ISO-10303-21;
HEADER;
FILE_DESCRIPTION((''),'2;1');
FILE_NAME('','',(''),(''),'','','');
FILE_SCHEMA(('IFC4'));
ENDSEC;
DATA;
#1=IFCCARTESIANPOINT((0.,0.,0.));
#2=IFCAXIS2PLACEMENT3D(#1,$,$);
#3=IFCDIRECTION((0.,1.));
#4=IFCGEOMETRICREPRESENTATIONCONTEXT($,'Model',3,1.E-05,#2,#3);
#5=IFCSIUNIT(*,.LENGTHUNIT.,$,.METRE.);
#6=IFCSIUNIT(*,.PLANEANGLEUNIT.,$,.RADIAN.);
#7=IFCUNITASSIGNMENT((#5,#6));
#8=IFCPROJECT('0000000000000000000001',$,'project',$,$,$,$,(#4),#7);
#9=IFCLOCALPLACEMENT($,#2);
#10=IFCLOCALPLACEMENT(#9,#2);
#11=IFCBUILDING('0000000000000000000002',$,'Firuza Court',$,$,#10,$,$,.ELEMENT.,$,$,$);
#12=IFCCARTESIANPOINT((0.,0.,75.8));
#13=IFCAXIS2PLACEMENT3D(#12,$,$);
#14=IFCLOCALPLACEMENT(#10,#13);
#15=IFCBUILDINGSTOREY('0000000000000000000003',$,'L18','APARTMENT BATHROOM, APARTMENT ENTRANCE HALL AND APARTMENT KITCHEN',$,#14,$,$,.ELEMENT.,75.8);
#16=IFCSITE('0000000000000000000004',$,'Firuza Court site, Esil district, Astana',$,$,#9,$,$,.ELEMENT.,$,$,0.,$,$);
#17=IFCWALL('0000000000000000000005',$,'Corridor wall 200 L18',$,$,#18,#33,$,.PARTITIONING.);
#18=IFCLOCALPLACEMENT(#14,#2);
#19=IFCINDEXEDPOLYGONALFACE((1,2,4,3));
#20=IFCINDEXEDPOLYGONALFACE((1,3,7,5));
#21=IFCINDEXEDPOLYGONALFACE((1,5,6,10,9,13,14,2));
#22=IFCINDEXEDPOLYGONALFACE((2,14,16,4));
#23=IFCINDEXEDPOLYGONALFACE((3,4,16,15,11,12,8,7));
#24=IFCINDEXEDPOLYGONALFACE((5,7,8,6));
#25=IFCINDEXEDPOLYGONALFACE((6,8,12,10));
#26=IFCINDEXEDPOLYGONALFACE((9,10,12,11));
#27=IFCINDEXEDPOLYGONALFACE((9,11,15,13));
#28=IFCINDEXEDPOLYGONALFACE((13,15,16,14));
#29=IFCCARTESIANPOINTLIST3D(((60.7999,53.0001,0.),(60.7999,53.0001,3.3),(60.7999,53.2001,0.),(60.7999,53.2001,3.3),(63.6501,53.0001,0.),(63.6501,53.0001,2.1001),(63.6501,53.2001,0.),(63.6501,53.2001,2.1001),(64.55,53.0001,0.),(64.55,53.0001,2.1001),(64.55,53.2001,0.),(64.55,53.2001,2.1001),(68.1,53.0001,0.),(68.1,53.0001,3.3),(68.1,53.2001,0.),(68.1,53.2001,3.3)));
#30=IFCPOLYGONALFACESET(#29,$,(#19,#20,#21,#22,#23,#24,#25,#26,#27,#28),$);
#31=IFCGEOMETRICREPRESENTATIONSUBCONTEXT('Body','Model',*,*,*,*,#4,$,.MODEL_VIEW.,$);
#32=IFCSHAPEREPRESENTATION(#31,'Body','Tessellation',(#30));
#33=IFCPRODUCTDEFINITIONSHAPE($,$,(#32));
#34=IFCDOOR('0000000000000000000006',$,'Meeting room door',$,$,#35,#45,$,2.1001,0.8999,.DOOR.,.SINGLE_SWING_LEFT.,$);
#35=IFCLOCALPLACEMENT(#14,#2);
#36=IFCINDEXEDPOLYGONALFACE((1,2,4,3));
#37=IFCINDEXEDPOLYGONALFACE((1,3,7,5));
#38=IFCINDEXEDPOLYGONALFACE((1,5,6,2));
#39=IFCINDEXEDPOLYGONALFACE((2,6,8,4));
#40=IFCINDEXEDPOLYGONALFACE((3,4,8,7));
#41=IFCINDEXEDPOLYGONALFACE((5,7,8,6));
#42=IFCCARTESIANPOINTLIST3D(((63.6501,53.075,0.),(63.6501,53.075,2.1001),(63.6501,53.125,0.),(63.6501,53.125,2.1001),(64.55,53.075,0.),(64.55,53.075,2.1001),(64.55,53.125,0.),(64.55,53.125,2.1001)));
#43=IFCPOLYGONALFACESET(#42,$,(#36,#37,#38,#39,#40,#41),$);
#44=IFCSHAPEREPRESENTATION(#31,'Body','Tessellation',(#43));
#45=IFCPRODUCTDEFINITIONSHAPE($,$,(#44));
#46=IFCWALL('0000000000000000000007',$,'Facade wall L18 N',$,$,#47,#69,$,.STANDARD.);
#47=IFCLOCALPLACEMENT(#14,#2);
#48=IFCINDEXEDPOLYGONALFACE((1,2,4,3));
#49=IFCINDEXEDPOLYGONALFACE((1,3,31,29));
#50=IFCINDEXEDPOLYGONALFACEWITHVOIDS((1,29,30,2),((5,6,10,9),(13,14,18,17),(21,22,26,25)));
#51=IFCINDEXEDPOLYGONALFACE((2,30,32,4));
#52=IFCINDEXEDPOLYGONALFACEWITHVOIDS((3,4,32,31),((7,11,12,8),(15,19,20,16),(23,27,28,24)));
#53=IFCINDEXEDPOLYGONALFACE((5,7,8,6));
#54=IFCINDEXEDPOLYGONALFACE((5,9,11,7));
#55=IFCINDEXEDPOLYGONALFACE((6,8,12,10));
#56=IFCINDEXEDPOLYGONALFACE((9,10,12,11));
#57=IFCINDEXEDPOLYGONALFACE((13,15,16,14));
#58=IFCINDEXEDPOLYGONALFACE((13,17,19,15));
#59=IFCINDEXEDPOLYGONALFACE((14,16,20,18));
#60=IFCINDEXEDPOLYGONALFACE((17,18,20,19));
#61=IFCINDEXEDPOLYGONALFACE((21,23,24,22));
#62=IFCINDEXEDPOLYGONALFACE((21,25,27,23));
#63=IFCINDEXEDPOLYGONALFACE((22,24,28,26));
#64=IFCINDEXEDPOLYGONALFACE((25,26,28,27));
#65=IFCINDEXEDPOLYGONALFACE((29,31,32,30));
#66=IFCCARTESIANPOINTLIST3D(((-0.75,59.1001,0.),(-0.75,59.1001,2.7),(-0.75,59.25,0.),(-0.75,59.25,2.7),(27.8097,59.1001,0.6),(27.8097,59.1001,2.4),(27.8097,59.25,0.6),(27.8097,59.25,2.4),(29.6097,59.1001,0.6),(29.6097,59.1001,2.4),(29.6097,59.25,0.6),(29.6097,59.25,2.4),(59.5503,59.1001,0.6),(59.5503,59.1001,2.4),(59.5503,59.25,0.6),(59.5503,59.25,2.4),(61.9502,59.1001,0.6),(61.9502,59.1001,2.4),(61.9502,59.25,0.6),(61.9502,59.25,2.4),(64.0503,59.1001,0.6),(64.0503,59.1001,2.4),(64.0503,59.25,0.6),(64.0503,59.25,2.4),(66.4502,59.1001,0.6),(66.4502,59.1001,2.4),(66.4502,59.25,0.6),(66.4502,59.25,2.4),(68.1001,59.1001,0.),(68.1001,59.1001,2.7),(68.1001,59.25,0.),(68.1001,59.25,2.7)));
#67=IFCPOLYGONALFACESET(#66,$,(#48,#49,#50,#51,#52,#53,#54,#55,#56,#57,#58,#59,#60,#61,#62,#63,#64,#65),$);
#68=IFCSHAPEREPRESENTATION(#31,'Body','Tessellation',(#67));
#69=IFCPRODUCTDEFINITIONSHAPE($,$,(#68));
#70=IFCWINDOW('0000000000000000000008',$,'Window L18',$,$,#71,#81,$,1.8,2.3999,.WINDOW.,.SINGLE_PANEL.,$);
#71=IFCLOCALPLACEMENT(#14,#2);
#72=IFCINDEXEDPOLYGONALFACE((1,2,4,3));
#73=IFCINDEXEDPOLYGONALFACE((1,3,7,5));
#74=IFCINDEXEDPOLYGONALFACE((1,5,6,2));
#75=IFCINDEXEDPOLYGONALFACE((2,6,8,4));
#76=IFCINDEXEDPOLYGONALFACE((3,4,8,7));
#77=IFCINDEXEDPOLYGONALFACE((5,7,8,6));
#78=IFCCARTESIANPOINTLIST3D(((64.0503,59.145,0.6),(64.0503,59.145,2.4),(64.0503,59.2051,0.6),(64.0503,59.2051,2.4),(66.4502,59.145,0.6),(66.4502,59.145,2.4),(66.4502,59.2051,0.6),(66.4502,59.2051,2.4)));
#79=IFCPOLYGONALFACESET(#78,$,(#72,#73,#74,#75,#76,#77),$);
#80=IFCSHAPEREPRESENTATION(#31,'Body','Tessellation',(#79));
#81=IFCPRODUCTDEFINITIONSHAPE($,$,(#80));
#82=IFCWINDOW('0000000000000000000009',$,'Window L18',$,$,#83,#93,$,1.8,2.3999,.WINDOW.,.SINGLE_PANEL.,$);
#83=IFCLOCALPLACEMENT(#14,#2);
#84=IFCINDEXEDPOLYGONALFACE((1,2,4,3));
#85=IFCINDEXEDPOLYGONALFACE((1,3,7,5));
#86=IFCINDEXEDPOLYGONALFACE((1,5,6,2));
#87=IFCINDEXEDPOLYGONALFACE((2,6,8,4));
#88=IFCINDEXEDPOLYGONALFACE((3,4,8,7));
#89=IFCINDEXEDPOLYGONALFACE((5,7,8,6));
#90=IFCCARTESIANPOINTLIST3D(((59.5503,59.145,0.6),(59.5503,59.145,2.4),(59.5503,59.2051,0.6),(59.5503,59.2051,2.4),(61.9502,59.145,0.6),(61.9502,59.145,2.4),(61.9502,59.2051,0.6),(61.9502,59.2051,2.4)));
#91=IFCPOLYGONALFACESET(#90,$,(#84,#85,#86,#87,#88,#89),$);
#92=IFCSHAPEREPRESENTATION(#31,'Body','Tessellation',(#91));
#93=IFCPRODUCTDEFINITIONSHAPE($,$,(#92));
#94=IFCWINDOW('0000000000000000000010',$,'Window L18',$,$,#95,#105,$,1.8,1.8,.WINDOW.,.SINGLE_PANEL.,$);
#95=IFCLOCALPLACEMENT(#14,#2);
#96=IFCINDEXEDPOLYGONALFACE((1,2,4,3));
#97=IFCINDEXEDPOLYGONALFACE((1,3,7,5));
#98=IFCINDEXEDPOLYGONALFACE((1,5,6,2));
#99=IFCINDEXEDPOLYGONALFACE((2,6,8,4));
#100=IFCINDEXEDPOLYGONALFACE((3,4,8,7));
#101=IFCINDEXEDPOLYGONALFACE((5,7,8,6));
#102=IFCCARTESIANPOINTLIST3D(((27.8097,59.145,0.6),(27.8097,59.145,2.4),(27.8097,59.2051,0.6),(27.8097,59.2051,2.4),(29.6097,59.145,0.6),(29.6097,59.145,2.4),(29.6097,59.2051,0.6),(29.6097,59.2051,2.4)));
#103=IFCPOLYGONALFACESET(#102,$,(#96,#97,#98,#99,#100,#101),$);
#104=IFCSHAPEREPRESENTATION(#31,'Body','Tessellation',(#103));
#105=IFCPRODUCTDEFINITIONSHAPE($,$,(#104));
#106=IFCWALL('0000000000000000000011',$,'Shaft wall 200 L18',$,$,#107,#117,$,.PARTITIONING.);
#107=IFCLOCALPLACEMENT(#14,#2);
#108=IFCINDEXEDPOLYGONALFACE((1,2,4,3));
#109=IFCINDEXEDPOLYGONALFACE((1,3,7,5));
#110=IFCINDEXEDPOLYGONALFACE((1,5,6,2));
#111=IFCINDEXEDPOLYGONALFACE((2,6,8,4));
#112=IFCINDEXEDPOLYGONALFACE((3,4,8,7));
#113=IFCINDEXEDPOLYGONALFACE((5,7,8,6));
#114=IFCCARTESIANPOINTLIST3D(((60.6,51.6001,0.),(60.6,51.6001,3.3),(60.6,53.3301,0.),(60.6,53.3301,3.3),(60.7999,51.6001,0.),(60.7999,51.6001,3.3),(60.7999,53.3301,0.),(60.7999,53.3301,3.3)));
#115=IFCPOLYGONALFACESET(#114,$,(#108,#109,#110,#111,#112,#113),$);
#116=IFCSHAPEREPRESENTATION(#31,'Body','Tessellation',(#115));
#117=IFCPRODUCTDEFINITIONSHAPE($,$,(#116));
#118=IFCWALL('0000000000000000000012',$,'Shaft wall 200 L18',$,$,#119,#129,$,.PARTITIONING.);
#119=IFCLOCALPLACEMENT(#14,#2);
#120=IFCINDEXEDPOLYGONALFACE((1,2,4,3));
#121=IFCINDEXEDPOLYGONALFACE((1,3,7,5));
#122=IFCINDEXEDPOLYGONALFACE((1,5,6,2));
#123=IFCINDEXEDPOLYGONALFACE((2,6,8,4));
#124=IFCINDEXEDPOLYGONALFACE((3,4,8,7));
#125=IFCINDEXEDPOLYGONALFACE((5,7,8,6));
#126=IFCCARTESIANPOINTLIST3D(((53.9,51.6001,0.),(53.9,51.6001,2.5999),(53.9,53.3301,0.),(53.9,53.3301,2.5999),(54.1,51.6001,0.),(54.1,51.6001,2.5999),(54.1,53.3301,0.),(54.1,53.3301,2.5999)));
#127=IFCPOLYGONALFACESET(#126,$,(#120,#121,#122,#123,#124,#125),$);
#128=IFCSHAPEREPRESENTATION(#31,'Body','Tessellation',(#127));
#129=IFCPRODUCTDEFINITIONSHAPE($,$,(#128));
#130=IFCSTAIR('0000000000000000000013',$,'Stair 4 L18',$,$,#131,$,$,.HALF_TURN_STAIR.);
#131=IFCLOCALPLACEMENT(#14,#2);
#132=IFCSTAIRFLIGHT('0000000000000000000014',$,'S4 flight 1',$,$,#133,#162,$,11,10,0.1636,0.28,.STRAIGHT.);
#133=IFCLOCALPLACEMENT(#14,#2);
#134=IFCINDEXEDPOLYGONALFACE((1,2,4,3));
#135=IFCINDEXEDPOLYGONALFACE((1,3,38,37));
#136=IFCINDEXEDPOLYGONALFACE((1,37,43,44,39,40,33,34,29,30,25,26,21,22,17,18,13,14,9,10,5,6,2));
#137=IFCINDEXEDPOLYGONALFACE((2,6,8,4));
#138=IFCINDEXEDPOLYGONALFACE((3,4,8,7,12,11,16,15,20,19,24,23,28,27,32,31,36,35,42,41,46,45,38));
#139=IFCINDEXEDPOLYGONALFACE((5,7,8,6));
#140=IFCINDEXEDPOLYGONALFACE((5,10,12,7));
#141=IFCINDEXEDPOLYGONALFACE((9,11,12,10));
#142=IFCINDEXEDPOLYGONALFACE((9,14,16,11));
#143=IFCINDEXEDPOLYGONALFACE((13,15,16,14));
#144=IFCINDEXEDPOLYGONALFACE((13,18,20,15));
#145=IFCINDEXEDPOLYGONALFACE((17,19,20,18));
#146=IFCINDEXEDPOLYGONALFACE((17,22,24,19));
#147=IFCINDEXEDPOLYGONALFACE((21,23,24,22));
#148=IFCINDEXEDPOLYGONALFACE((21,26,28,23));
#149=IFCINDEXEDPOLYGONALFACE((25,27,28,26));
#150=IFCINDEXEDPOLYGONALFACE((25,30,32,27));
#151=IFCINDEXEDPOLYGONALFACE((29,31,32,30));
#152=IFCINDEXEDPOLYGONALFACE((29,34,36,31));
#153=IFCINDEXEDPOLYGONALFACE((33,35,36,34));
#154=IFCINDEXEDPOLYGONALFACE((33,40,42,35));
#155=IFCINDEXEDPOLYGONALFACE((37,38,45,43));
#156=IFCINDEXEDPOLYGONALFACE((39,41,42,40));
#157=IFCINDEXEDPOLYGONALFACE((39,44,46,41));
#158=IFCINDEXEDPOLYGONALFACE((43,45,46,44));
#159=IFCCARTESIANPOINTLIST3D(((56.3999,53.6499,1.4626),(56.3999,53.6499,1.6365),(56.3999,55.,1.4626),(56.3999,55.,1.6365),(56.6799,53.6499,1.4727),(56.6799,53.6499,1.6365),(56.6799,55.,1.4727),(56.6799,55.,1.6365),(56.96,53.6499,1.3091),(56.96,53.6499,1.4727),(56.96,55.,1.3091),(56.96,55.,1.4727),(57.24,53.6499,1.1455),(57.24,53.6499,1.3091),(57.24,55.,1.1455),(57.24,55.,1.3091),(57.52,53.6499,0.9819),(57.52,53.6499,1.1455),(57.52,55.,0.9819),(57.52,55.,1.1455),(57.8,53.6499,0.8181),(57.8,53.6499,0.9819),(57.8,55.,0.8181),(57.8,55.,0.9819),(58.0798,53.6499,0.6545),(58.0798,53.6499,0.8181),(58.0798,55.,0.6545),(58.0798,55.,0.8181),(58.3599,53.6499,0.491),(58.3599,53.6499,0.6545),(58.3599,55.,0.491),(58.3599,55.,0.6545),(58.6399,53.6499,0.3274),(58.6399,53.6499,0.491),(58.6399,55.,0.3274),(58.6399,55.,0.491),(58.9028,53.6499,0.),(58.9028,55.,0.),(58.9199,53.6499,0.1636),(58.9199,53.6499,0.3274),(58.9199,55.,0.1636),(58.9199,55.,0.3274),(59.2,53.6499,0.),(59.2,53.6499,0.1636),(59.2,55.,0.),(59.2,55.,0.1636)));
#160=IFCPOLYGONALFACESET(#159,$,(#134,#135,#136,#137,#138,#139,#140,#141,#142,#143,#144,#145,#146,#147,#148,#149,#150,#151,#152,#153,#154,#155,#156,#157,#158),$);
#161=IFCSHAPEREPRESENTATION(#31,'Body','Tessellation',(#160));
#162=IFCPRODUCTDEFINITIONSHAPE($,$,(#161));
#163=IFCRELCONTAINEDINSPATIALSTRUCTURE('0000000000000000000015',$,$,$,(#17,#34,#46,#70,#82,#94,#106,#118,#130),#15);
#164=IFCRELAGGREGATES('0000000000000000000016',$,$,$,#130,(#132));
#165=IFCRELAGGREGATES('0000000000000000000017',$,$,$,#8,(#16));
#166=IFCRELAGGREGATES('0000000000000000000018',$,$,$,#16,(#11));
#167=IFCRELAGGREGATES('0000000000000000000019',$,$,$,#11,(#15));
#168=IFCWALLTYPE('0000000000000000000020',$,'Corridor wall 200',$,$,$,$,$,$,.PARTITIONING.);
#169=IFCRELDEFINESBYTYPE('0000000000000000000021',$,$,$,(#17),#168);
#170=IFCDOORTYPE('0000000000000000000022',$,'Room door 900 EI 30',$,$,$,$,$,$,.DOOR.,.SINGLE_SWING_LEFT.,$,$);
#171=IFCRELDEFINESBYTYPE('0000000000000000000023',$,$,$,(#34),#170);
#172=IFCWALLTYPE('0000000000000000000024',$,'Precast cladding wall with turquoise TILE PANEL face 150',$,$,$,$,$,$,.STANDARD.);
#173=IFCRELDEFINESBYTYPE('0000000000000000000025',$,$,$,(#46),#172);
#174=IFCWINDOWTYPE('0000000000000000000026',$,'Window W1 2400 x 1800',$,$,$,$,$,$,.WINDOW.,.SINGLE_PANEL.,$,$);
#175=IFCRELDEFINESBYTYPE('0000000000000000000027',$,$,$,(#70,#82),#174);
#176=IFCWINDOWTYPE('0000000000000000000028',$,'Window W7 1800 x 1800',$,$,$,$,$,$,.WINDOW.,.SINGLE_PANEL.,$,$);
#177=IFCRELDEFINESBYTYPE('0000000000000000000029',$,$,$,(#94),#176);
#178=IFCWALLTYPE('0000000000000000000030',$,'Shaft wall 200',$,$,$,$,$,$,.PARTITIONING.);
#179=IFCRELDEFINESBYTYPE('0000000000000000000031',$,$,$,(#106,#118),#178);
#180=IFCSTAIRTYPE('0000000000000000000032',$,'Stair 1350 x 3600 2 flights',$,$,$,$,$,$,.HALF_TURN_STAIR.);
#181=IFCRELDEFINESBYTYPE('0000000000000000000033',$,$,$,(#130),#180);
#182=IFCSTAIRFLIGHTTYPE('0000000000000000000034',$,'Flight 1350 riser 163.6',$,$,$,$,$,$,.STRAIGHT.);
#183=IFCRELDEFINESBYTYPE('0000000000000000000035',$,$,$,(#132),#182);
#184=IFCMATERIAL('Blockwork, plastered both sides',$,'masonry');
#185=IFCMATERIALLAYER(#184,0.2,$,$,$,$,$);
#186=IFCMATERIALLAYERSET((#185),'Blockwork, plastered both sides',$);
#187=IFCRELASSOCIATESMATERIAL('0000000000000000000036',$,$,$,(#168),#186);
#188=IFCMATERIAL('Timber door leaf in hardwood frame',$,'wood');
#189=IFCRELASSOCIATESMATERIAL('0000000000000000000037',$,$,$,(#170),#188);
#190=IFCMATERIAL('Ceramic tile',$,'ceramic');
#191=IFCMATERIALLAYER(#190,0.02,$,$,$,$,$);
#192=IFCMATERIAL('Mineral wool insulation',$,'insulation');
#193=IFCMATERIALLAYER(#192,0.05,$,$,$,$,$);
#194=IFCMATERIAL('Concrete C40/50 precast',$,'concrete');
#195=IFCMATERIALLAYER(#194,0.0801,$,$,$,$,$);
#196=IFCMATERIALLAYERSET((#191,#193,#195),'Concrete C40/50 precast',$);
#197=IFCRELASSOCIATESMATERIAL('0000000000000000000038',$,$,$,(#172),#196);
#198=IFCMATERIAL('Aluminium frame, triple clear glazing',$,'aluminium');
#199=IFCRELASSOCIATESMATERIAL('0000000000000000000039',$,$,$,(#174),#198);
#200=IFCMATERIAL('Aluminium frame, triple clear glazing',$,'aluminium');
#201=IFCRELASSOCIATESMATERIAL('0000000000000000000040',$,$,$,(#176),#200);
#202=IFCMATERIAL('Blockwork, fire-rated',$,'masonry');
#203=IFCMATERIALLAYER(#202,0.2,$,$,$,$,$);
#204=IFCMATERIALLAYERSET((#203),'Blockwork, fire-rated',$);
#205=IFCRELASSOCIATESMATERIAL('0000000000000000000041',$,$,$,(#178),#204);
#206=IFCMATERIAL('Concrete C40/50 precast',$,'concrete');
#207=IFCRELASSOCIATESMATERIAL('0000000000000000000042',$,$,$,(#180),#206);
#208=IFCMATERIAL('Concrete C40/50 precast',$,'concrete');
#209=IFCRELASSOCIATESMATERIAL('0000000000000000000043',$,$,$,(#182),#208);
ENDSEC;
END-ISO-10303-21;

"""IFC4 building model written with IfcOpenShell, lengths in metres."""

from ifc_helpers import new_model, si_unit, direction, frame, frame_2d, origin, place, context, subcontext, project, spatial, polyline, rectangle, outline, extrude, material, layer, layer_set, type_object, element, fill, aggregate, save


model = new_model("IFC4")

# Units and contexts
model_context = context("Model", 3, precision=1e-05, world=origin(), true_north=direction((0.0, 1.0)))
body_context = subcontext(model_context, "Body", "Model", "MODEL_VIEW")
ifc_project = project(units=[si_unit("LENGTHUNIT", "METRE"), si_unit("PLANEANGLEUNIT", "RADIAN")], contexts=[model_context])

# Site, building, storey
site_placement = place(None, origin())
site = spatial("IfcSite", under=ifc_project, at=site_placement, Name="Firuza Court site, Esil district, Astana", CompositionType="ELEMENT", RefElevation=0.0)
building_placement = place(site_placement, origin())
building = spatial("IfcBuilding", under=site, at=building_placement, Name="Firuza Court", CompositionType="ELEMENT")
storey_placement = place(building_placement, frame((0.0, 0.0, 75.8)))
storey = spatial("IfcBuildingStorey", under=building, at=storey_placement, Name="L18", Description="APARTMENT BATHROOM, APARTMENT ENTRANCE HALL AND APARTMENT KITCHEN", CompositionType="ELEMENT", Elevation=75.8)

# Wall, opening, door
ifc_material_1 = material(Name="Blockwork, plastered both sides", Category="masonry")
ifc_layer_1 = layer(ifc_material_1, 0.2)
ifc_layer_set_1 = layer_set([ifc_layer_1], Name="Blockwork, plastered both sides")
wall_type_1 = type_object("IfcWallType", Name="Corridor wall 200", PredefinedType="PARTITIONING", material=ifc_layer_set_1)
wall_1_placement = place(storey_placement, frame((60.8, 53.1001, 0.0), z_axis=(0.0, 0.0, 1.0), x_axis=(1.0, 0.0, 0.0)))
wall_1 = element("IfcWall", 1, at=wall_1_placement, inside=storey, type_object=wall_type_1, Name="Corridor wall 200 L18", PredefinedType="PARTITIONING", context=body_context, shape_type="SweptSolid", body=[
    extrude(rectangle(XDim=7.3, YDim=0.2, at=frame_2d((3.6499, 0.0))), origin(), (0.0, 0.0, 1.0), 3.3),
])
opening_1_placement = place(wall_1_placement, frame((2.8501, 0.0, 0.0)))
opening_1 = element("IfcOpeningElement", 2, at=opening_1_placement, cuts=wall_1, PredefinedType="OPENING", context=body_context, shape_type="SweptSolid", body=[
    extrude(rectangle(XDim=0.8999, YDim=2.1001, at=frame_2d((0.45, 1.05))), frame((0.0, 0.1118, 0.0), z_axis=(0.0, -1.0, 0.0), x_axis=(1.0, 0.0, 0.0)), (0.0, 0.0, 1.0), 0.2239),
])
ifc_material_2 = material(Name="Timber door leaf in hardwood frame", Category="wood")
door_type = type_object("IfcDoorType", Name="Room door 900 EI 30", OperationType="SINGLE_SWING_LEFT", PredefinedType="DOOR", material=ifc_material_2)
door_placement = place(opening_1_placement, origin())
door = element("IfcDoor", 3, at=door_placement, inside=storey, type_object=door_type, Name="Meeting room door", OperationType="SINGLE_SWING_LEFT", OverallHeight=2.1001, OverallWidth=0.8999, PredefinedType="DOOR", context=body_context, shape_type="SweptSolid", body=[
    extrude(rectangle(XDim=0.8999, YDim=2.1001, at=frame_2d((0.45, 1.05))), frame((0.0, 0.0249, 0.0), z_axis=(0.0, -1.0, 0.0), x_axis=(1.0, 0.0, 0.0)), (0.0, 0.0, 1.0), 0.05),
])
fill(opening_1, door)

# Wall, openings, windows
ifc_material_3 = material(Name="Ceramic tile", Category="ceramic")
ifc_layer_2 = layer(ifc_material_3, 0.02)
ifc_material_4 = material(Name="Mineral wool insulation", Category="insulation")
ifc_layer_3 = layer(ifc_material_4, 0.05)
ifc_material_5 = material(Name="Concrete C40/50 precast", Category="concrete")
ifc_layer_4 = layer(ifc_material_5, 0.0801)
ifc_layer_set_2 = layer_set([ifc_layer_2, ifc_layer_3, ifc_layer_4], Name="Concrete C40/50 precast")
wall_type_2 = type_object("IfcWallType", Name="Precast cladding wall with turquoise TILE PANEL face 150", PredefinedType="STANDARD", material=ifc_layer_set_2)
wall_2_placement = place(storey_placement, frame((68.1001, 59.175, 0.0), z_axis=(0.0, 0.0, 1.0), x_axis=(-1.0, 0.0, 0.0)))
wall_2 = element("IfcWall", 4, at=wall_2_placement, inside=storey, type_object=wall_type_2, Name="Facade wall L18 N", PredefinedType="STANDARD", context=body_context, shape_type="SweptSolid", body=[
    extrude(rectangle(XDim=68.8501, YDim=0.1499, at=frame_2d((34.425, 0.0))), origin(), (0.0, 0.0, 1.0), 2.7),
])
opening_2_placement = place(wall_2_placement, frame((1.6499, 0.0, 0.6001)))
opening_2 = element("IfcOpeningElement", 5, at=opening_2_placement, cuts=wall_2, PredefinedType="OPENING", context=body_context, shape_type="SweptSolid", body=[
    extrude(rectangle(XDim=2.3999, YDim=1.8, at=frame_2d((1.2, 0.8999))), frame((0.0, 0.0869, 0.0), z_axis=(0.0, -1.0, 0.0), x_axis=(1.0, 0.0, 0.0)), (0.0, 0.0, 1.0), 0.1738),
])
opening_3_placement = place(wall_2_placement, frame((6.1499, 0.0, 0.6001)))
opening_3 = element("IfcOpeningElement", 6, at=opening_3_placement, cuts=wall_2, PredefinedType="OPENING", context=body_context, shape_type="SweptSolid", body=[
    extrude(rectangle(XDim=2.3999, YDim=1.8, at=frame_2d((1.2, 0.8999))), frame((0.0, 0.0869, 0.0), z_axis=(0.0, -1.0, 0.0), x_axis=(1.0, 0.0, 0.0)), (0.0, 0.0, 1.0), 0.1738),
])
opening_4_placement = place(wall_2_placement, frame((38.4905, 0.0, 0.6001)))
opening_4 = element("IfcOpeningElement", 7, at=opening_4_placement, cuts=wall_2, PredefinedType="OPENING", context=body_context, shape_type="SweptSolid", body=[
    extrude(rectangle(XDim=1.8, YDim=1.8, at=frame_2d((0.8999, 0.8999))), frame((0.0, 0.0869, 0.0), z_axis=(0.0, -1.0, 0.0), x_axis=(1.0, 0.0, 0.0)), (0.0, 0.0, 1.0), 0.1738),
])
ifc_material_6 = material(Name="Aluminium frame, triple clear glazing", Category="aluminium")
window_type_1 = type_object("IfcWindowType", Name="Window W1 2400 x 1800", PartitioningType="SINGLE_PANEL", PredefinedType="WINDOW", material=ifc_material_6)
window_1_placement = place(opening_2_placement, origin())
window_1 = element("IfcWindow", 8, at=window_1_placement, inside=storey, type_object=window_type_1, Name="Window L18", OverallHeight=1.8, OverallWidth=2.3999, PartitioningType="SINGLE_PANEL", PredefinedType="WINDOW", context=body_context, shape_type="SweptSolid", body=[
    extrude(rectangle(XDim=2.3999, YDim=1.8, at=frame_2d((1.2, 0.8999))), frame((0.0, 0.03, 0.0), z_axis=(0.0, -1.0, 0.0), x_axis=(1.0, 0.0, 0.0)), (0.0, 0.0, 1.0), 0.0601),
])
fill(opening_2, window_1)
window_2_placement = place(opening_3_placement, origin())
window_2 = element("IfcWindow", 9, at=window_2_placement, inside=storey, type_object=window_type_1, Name="Window L18", OverallHeight=1.8, OverallWidth=2.3999, PartitioningType="SINGLE_PANEL", PredefinedType="WINDOW", context=body_context, shape_type="SweptSolid", body=[
    extrude(rectangle(XDim=2.3999, YDim=1.8, at=frame_2d((1.2, 0.8999))), frame((0.0, 0.03, 0.0), z_axis=(0.0, -1.0, 0.0), x_axis=(1.0, 0.0, 0.0)), (0.0, 0.0, 1.0), 0.0601),
])
fill(opening_3, window_2)
ifc_material_7 = material(Name="Aluminium frame, triple clear glazing", Category="aluminium")
window_type_2 = type_object("IfcWindowType", Name="Window W7 1800 x 1800", PartitioningType="SINGLE_PANEL", PredefinedType="WINDOW", material=ifc_material_7)
window_3_placement = place(opening_4_placement, origin())
window_3 = element("IfcWindow", 10, at=window_3_placement, inside=storey, type_object=window_type_2, Name="Window L18", OverallHeight=1.8, OverallWidth=1.8, PartitioningType="SINGLE_PANEL", PredefinedType="WINDOW", context=body_context, shape_type="SweptSolid", body=[
    extrude(rectangle(XDim=1.8, YDim=1.8, at=frame_2d((0.8999, 0.8999))), frame((0.0, 0.03, 0.0), z_axis=(0.0, -1.0, 0.0), x_axis=(1.0, 0.0, 0.0)), (0.0, 0.0, 1.0), 0.0601),
])
fill(opening_4, window_3)

# Walls
ifc_material_8 = material(Name="Blockwork, fire-rated", Category="masonry")
ifc_layer_5 = layer(ifc_material_8, 0.2)
ifc_layer_set_3 = layer_set([ifc_layer_5], Name="Blockwork, fire-rated")
wall_type_3 = type_object("IfcWallType", Name="Shaft wall 200", PredefinedType="PARTITIONING", material=ifc_layer_set_3)
wall_3_placement = place(storey_placement, frame((60.7, 51.6001, 0.0), z_axis=(0.0, 0.0, 1.0), x_axis=(0.0, 1.0, 0.0)))
element("IfcWall", 11, at=wall_3_placement, inside=storey, type_object=wall_type_3, Name="Shaft wall 200 L18", PredefinedType="PARTITIONING", context=body_context, shape_type="SweptSolid", body=[
    extrude(rectangle(XDim=1.73, YDim=0.2, at=frame_2d((0.865, 0.0))), origin(), (0.0, 0.0, 1.0), 3.3),
])
wall_4_placement = place(storey_placement, frame((54.0, 51.6001, 0.0), z_axis=(0.0, 0.0, 1.0), x_axis=(0.0, 1.0, 0.0)))
element("IfcWall", 12, at=wall_4_placement, inside=storey, type_object=wall_type_3, Name="Shaft wall 200 L18", PredefinedType="PARTITIONING", context=body_context, shape_type="SweptSolid", body=[
    extrude(rectangle(XDim=1.73, YDim=0.2, at=frame_2d((0.865, 0.0))), origin(), (0.0, 0.0, 1.0), 2.5999),
])

# Stair, stair flight
ifc_material_9 = material(Name="Concrete C40/50 precast", Category="concrete")
stair_type = type_object("IfcStairType", Name="Stair 1350 x 3600 2 flights", PredefinedType="HALF_TURN_STAIR", material=ifc_material_9)
stair_placement = place(storey_placement, origin())
stair = element("IfcStair", 13, at=stair_placement, inside=storey, type_object=stair_type, Name="Stair 4 L18", PredefinedType="HALF_TURN_STAIR")
ifc_material_10 = material(Name="Concrete C40/50 precast", Category="concrete")
stair_flight_type = type_object("IfcStairFlightType", Name="Flight 1350 riser 163.6", PredefinedType="STRAIGHT", material=ifc_material_10)
stair_flight_1_placement = place(storey_placement, frame((59.2, 54.325, 0.0), z_axis=(0.0, 0.0, 1.0), x_axis=(-1.0, 0.0, 0.0)))
stair_flight_1 = element("IfcStairFlight", 14, at=stair_flight_1_placement, type_object=stair_flight_type, Name="S4 flight 1", NumberOfRisers=11, NumberOfTreads=10, PredefinedType="STRAIGHT", RiserHeight=0.1636, TreadLength=0.28, context=body_context, shape_type="SweptSolid", body=[
    extrude(outline(polyline([(0.0, 0.0), (0.0, 0.1636), (0.28, 0.1636), (0.28, 0.3274), (0.5601, 0.3274), (0.5601, 0.491), (0.8401, 0.491), (0.8401, 0.6545), (1.1201, 0.6545), (1.1201, 0.8181), (1.3999, 0.8181), (1.3999, 0.9819), (1.6799, 0.9819), (1.6799, 1.1455), (1.96, 1.1455), (1.96, 1.3091), (2.24, 1.3091), (2.24, 1.4727), (2.52, 1.4727), (2.52, 1.6365), (2.8, 1.6365), (2.8, 1.8), (2.8, 1.4626), (0.2971, 0.0), (0.0, 0.0)])), frame((0.0, 0.675, 0.0), z_axis=(0.0, -1.0, 0.0), x_axis=(1.0, 0.0, 0.0)), (0.0, 0.0, 1.0), 1.3501),
])
aggregate(stair, [stair_flight_1])

save(model, "model.ifc")
